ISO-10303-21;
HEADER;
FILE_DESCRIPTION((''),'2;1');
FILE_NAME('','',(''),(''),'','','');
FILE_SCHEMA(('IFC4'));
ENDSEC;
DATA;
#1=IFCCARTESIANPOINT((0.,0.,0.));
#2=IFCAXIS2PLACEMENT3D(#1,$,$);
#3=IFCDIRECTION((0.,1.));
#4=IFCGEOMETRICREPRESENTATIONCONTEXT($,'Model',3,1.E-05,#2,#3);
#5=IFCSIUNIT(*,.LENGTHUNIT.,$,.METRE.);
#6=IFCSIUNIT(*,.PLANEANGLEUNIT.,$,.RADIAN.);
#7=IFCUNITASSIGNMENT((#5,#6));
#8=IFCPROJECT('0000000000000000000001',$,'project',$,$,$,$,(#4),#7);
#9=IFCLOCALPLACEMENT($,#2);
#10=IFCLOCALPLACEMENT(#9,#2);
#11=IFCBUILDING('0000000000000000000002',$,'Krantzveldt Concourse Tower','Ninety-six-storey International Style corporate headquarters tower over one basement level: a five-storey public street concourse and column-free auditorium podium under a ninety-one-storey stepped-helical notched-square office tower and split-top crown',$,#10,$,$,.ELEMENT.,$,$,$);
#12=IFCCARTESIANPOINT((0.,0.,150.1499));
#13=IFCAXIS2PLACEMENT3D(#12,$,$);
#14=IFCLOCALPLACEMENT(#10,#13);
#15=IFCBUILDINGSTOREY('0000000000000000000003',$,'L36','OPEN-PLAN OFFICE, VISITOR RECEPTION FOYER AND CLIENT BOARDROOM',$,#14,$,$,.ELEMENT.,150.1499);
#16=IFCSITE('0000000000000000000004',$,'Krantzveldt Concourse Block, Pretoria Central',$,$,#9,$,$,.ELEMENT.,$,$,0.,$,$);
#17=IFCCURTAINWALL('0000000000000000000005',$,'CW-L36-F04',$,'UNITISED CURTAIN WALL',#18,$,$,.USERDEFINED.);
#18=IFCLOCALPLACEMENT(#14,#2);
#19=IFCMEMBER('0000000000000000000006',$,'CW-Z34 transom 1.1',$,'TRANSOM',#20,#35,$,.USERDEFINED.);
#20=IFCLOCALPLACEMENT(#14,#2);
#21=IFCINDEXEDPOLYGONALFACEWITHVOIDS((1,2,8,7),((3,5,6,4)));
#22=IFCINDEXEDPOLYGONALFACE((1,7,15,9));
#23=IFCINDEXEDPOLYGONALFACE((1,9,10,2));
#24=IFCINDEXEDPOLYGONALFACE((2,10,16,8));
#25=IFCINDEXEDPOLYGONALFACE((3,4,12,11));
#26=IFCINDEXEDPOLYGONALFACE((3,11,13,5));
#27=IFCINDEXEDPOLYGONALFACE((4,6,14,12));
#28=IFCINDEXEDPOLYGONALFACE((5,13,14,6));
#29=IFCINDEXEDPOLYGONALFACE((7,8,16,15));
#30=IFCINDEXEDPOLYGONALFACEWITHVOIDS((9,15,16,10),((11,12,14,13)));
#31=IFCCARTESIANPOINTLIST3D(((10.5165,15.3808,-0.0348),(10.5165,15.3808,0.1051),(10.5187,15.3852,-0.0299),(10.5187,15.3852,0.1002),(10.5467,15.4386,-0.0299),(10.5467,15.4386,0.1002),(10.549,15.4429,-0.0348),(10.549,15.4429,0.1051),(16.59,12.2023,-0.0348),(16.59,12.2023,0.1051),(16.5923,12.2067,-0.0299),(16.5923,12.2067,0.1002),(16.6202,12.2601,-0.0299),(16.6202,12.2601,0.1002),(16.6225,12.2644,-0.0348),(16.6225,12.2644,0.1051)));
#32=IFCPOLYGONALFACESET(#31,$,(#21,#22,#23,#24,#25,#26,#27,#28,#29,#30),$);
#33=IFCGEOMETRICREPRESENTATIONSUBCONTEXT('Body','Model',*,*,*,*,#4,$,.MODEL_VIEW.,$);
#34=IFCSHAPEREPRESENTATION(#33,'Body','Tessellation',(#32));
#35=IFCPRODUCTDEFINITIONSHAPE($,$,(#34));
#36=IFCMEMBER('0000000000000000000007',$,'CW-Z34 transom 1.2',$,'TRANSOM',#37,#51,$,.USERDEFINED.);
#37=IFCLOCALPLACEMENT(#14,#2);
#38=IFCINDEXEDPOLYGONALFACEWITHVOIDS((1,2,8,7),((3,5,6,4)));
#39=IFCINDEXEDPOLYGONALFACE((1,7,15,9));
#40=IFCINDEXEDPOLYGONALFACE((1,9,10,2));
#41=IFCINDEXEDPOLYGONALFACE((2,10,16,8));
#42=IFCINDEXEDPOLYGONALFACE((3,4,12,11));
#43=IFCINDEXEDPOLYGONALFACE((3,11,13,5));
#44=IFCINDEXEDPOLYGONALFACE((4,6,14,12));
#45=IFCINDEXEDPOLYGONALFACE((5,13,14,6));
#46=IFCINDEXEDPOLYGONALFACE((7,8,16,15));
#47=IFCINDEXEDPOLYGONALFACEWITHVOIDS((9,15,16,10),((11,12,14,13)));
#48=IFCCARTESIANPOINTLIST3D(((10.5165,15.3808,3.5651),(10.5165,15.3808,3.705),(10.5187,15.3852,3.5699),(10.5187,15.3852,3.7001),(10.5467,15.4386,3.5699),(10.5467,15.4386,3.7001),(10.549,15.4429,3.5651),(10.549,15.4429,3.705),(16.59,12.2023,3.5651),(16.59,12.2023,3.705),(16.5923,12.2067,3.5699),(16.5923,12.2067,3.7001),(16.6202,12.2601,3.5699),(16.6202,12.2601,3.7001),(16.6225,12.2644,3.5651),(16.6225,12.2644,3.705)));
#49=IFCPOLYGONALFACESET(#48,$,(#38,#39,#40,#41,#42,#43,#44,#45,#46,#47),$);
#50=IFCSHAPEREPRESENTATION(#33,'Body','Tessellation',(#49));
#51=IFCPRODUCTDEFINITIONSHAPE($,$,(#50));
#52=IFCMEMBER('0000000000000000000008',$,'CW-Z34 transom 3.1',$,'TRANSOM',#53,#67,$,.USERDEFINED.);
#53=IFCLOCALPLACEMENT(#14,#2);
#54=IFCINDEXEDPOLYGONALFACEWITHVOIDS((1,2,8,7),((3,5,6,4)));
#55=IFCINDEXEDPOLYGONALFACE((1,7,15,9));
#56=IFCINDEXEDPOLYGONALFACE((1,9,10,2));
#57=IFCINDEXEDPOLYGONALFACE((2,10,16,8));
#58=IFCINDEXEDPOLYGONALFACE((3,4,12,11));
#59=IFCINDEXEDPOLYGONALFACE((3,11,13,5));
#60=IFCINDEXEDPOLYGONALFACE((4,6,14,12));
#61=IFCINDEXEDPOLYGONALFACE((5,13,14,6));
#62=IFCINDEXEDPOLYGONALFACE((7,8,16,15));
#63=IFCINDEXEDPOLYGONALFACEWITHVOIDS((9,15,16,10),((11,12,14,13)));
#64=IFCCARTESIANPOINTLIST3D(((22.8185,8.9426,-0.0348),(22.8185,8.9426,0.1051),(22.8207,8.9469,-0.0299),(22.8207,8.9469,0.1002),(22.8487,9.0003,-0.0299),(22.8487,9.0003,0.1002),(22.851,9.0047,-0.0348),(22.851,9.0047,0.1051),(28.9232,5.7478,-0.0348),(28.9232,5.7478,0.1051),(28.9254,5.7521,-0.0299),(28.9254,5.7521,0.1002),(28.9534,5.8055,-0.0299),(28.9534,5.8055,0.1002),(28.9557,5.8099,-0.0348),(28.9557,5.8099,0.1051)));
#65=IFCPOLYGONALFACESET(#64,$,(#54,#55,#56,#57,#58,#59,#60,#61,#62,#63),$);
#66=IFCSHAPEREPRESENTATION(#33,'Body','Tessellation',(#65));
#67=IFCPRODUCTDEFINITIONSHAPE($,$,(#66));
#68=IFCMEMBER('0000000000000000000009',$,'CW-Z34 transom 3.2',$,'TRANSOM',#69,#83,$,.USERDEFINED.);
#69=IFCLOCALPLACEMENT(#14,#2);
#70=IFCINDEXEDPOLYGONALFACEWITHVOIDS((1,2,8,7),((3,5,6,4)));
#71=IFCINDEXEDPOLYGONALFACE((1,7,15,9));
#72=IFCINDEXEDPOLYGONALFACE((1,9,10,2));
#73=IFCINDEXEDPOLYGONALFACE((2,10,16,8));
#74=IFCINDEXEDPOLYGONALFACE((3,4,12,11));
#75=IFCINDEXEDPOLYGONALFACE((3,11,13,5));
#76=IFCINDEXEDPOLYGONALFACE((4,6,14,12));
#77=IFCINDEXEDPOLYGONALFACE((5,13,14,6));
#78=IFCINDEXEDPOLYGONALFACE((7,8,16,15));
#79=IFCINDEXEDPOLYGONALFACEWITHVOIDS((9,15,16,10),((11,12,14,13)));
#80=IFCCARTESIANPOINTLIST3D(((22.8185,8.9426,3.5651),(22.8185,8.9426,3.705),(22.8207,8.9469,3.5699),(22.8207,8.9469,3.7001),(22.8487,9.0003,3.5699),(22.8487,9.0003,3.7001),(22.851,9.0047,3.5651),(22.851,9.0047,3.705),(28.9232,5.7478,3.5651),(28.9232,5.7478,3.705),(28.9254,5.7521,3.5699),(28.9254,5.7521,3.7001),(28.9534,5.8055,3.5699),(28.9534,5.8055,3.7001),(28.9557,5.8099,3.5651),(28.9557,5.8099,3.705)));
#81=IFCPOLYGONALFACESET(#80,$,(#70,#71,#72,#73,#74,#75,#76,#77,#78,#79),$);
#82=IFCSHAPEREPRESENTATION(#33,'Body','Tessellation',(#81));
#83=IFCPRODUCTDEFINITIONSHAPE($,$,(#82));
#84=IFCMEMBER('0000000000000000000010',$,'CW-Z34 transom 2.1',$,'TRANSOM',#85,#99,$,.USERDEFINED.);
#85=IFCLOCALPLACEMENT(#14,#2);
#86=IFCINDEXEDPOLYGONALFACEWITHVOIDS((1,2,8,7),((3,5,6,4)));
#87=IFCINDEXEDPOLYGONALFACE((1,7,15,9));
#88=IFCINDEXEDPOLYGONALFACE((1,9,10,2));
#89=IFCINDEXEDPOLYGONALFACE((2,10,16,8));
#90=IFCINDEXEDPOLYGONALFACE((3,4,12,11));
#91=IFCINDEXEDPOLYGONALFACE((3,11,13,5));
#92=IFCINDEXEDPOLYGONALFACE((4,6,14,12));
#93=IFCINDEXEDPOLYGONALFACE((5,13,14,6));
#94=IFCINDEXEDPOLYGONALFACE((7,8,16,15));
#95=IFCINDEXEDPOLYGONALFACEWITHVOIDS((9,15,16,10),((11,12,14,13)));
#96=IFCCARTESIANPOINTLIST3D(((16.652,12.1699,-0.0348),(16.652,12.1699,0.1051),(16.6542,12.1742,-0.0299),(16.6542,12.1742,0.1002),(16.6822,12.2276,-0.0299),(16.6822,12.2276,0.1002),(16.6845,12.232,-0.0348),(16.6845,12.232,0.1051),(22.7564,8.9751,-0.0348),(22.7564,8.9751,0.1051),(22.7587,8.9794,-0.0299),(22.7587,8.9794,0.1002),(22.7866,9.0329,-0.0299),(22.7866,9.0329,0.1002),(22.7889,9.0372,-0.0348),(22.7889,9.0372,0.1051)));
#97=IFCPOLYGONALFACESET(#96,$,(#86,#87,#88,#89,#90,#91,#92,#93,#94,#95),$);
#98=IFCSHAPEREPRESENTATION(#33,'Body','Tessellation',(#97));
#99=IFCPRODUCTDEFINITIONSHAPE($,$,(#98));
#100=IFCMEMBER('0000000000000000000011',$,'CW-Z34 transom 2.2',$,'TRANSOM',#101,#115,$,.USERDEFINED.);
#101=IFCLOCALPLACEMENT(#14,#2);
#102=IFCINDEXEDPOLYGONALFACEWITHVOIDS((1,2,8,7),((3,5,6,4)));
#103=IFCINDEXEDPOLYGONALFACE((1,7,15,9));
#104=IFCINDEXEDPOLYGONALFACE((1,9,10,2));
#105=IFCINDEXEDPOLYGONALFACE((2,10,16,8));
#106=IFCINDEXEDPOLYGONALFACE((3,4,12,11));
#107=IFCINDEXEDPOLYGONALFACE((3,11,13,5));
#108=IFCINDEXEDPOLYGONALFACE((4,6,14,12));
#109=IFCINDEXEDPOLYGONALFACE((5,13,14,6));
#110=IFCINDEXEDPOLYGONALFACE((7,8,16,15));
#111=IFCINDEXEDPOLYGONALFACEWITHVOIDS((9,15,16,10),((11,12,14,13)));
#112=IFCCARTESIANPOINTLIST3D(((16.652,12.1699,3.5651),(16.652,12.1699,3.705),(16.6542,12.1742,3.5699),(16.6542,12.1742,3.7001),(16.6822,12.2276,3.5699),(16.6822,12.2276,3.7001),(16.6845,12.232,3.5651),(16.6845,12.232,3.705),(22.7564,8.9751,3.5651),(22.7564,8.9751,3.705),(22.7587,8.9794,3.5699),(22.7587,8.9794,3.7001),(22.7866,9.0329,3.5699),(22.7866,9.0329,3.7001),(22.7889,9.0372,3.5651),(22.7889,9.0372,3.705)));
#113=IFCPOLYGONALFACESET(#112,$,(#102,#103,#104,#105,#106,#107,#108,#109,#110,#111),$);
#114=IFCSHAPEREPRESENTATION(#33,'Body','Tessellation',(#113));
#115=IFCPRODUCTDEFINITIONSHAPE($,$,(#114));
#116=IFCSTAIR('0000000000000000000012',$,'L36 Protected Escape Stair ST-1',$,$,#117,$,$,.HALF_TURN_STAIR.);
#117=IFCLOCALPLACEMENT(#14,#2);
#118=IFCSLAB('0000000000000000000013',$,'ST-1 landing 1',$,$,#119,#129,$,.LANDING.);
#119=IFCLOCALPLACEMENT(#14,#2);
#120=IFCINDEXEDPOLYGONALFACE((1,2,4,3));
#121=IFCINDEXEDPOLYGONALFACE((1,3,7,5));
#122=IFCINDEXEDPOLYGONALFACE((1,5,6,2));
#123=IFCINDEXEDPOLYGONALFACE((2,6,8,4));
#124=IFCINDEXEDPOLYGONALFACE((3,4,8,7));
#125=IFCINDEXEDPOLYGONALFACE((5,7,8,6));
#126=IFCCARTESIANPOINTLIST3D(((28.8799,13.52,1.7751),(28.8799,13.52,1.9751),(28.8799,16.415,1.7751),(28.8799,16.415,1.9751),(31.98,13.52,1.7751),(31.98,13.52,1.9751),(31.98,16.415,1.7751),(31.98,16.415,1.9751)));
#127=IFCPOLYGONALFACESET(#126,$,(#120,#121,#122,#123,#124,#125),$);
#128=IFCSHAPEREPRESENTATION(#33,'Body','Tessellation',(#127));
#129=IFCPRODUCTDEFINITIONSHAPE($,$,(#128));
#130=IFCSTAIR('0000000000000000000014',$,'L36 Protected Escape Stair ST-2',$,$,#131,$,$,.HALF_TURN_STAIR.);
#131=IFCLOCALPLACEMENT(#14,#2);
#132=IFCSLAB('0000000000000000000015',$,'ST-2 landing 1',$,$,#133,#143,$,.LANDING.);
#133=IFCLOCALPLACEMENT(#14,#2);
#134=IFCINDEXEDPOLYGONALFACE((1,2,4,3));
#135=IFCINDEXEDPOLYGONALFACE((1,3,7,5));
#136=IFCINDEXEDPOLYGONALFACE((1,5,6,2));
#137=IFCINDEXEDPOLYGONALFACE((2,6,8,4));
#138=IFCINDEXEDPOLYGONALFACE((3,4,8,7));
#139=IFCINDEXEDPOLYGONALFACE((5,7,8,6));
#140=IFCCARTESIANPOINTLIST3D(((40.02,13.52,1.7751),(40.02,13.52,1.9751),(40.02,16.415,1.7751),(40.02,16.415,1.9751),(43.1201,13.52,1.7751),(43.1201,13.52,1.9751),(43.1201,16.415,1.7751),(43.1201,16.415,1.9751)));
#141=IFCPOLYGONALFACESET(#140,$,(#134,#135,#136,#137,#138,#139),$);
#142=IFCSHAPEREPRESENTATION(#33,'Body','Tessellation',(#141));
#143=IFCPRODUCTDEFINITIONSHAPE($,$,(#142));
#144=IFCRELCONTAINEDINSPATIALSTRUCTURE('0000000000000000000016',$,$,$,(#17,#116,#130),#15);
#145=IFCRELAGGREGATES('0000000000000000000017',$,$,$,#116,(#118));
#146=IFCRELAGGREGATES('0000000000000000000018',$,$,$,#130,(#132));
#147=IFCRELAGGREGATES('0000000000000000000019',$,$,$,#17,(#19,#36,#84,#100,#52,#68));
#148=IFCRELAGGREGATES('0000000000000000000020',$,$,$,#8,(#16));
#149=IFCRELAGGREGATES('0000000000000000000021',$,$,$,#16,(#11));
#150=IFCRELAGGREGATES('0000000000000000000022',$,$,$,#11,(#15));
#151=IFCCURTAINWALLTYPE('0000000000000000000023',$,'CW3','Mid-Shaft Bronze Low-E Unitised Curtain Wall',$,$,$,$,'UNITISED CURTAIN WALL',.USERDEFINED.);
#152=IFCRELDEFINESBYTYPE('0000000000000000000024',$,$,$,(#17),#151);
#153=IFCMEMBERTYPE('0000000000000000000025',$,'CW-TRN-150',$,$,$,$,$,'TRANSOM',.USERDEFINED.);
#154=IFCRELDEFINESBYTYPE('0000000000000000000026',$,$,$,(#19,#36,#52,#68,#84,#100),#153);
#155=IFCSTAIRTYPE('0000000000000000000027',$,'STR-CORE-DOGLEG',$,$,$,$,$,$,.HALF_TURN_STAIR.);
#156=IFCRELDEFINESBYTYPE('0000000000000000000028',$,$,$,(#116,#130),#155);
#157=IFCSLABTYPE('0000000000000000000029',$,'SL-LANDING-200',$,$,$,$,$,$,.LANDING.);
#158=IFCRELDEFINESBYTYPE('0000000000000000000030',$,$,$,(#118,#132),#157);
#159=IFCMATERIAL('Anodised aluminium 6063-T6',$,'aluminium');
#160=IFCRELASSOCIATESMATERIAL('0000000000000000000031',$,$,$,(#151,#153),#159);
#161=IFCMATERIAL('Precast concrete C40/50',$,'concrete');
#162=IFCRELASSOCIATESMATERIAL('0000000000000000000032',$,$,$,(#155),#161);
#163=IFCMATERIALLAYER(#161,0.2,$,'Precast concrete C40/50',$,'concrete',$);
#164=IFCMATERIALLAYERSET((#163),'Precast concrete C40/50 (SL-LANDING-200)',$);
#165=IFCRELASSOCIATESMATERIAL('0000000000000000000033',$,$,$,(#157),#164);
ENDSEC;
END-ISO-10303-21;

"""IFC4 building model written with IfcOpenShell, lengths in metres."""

from ifc_helpers import new_model, si_unit, direction, frame, origin, origin_2d, place, context, subcontext, project, spatial, polyline, hollow_rectangle, outline, extrude, source, transform, mapped, material, layer, layer_set, material_profile, profile_set, type_object, type_shapes, element, aggregate, save


model = new_model("IFC4")

# Units and contexts
model_context = context("Model", 3, precision=1e-05, world=origin(), true_north=direction((0.0, 1.0)))
body_context = subcontext(model_context, "Body", "Model", "MODEL_VIEW")
ifc_project = project(units=[si_unit("LENGTHUNIT", "METRE"), si_unit("PLANEANGLEUNIT", "RADIAN")], contexts=[model_context])

# Site, building, storey
site_placement = place(None, origin())
site = spatial("IfcSite", under=ifc_project, at=site_placement, Name="Krantzveldt Concourse Block, Pretoria Central", CompositionType="ELEMENT", RefElevation=0.0)
building_placement = place(site_placement, origin())
building = spatial("IfcBuilding", under=site, at=building_placement, Name="Krantzveldt Concourse Tower", Description="Ninety-six-storey International Style corporate headquarters tower over one basement level: a five-storey public street concourse and column-free auditorium podium under a ninety-one-storey stepped-helical notched-square office tower and split-top crown", CompositionType="ELEMENT")
storey_placement = place(building_placement, frame((0.0, 0.0, 150.1499)))
storey = spatial("IfcBuildingStorey", under=building, at=storey_placement, Name="L36", Description="OPEN-PLAN OFFICE, VISITOR RECEPTION FOYER AND CLIENT BOARDROOM", CompositionType="ELEMENT", Elevation=150.1499)

# Shared definitions
ifc_material_1 = material(Name="Anodised aluminium 6063-T6", Category="aluminium")
curtain_wall_type = type_object("IfcCurtainWallType", Name="CW3", Description="Mid-Shaft Bronze Low-E Unitised Curtain Wall", ElementType="UNITISED CURTAIN WALL", PredefinedType="USERDEFINED", material=ifc_material_1)

# Curtain wall, members
curtain_wall_1_placement = place(storey_placement, origin())
curtain_wall_1 = element("IfcCurtainWall", 1, at=curtain_wall_1_placement, inside=storey, type_object=curtain_wall_type, Name="CW-L36-F04", ObjectType="UNITISED CURTAIN WALL", PredefinedType="USERDEFINED")
ifc_material_profile_1 = material_profile(ifc_material_1, hollow_rectangle(XDim=0.0701, YDim=0.1399, WallThickness=0.0049, at=origin_2d()), Name="Anodised aluminium 6063-T6", Category="aluminium")
ifc_profile_set_1 = profile_set([ifc_material_profile_1], Name="Anodised aluminium 6063-T6 - ALU-TRAN 140x70x5")
member_type_1 = type_object("IfcMemberType", Name="CW-TRN-150", ElementType="TRANSOM", PredefinedType="USERDEFINED", material=ifc_profile_set_1)
shared_shape_1 = source(origin(), body_context, "Body", "SweptSolid", [
    extrude(hollow_rectangle(XDim=0.0701, YDim=0.1399, WallThickness=0.0049, at=origin_2d()), origin(), (0.0, 0.0, 1.0), 6.855),
])
member_1_placement = place(storey_placement, frame((10.5327, 15.4119, 0.0352), z_axis=(0.886004, -0.463677, 0.0), x_axis=(0.463677, 0.886004, 0.0)))
member_1 = element("IfcMember", 2, at=member_1_placement, type_object=member_type_1, Name="CW-Z34 transom 1.1", ObjectType="TRANSOM", PredefinedType="USERDEFINED", context=body_context, shape_type="MappedRepresentation", body=[
    mapped(shared_shape_1, transform((0.0, 0.0, 0.0), x_axis=(1.0, 0.0, 0.0), y_axis=(0.0, 1.0, 0.0), z_axis=(0.0, 0.0, 1.0), scale=1.0)),
])
member_2_placement = place(storey_placement, frame((10.5327, 15.4119, 3.635), z_axis=(0.886004, -0.463677, 0.0), x_axis=(0.463677, 0.886004, 0.0)))
member_2 = element("IfcMember", 3, at=member_2_placement, type_object=member_type_1, Name="CW-Z34 transom 1.2", ObjectType="TRANSOM", PredefinedType="USERDEFINED", context=body_context, shape_type="MappedRepresentation", body=[
    mapped(shared_shape_1, transform((0.0, 0.0, 0.0), x_axis=(1.0, 0.0, 0.0), y_axis=(0.0, 1.0, 0.0), z_axis=(0.0, 0.0, 1.0), scale=1.0)),
])
shared_shape_2 = source(origin(), body_context, "Body", "SweptSolid", [
    extrude(hollow_rectangle(XDim=0.0701, YDim=0.1399, WallThickness=0.0049, at=origin_2d()), origin(), (0.0, 0.0, 1.0), 6.8901),
])
member_3_placement = place(storey_placement, frame((22.8347, 8.9736, 0.0352), z_axis=(0.886004, -0.463677, 0.0), x_axis=(0.463677, 0.886004, 0.0)))
member_3 = element("IfcMember", 4, at=member_3_placement, type_object=member_type_1, Name="CW-Z34 transom 3.1", ObjectType="TRANSOM", PredefinedType="USERDEFINED", context=body_context, shape_type="MappedRepresentation", body=[
    mapped(shared_shape_2, transform((0.0, 0.0, 0.0), x_axis=(1.0, 0.0, 0.0), y_axis=(0.0, 1.0, 0.0), z_axis=(0.0, 0.0, 1.0), scale=1.0)),
])
member_4_placement = place(storey_placement, frame((22.8347, 8.9736, 3.635), z_axis=(0.886004, -0.463677, 0.0), x_axis=(0.463677, 0.886004, 0.0)))
member_4 = element("IfcMember", 5, at=member_4_placement, type_object=member_type_1, Name="CW-Z34 transom 3.2", ObjectType="TRANSOM", PredefinedType="USERDEFINED", context=body_context, shape_type="MappedRepresentation", body=[
    mapped(shared_shape_2, transform((0.0, 0.0, 0.0), x_axis=(1.0, 0.0, 0.0), y_axis=(0.0, 1.0, 0.0), z_axis=(0.0, 0.0, 1.0), scale=1.0)),
])
shared_shape_3 = source(origin(), body_context, "Body", "SweptSolid", [
    extrude(hollow_rectangle(XDim=0.0701, YDim=0.1399, WallThickness=0.0049, at=origin_2d()), origin(), (0.0, 0.0, 1.0), 6.8899),
])
type_shapes(member_type_1, [shared_shape_1, shared_shape_2, shared_shape_3])
member_5_placement = place(storey_placement, frame((16.6682, 12.2009, 0.0352), z_axis=(0.885997, -0.463692, 0.0), x_axis=(0.463692, 0.885997, 0.0)))
member_5 = element("IfcMember", 6, at=member_5_placement, type_object=member_type_1, Name="CW-Z34 transom 2.1", ObjectType="TRANSOM", PredefinedType="USERDEFINED", context=body_context, shape_type="MappedRepresentation", body=[
    mapped(shared_shape_3, transform((0.0, 0.0, 0.0), x_axis=(1.0, 0.0, 0.0), y_axis=(0.0, 1.0, 0.0), z_axis=(0.0, 0.0, 1.0), scale=1.0)),
])
member_6_placement = place(storey_placement, frame((16.6682, 12.2009, 3.635), z_axis=(0.885997, -0.463692, 0.0), x_axis=(0.463692, 0.885997, 0.0)))
member_6 = element("IfcMember", 7, at=member_6_placement, type_object=member_type_1, Name="CW-Z34 transom 2.2", ObjectType="TRANSOM", PredefinedType="USERDEFINED", context=body_context, shape_type="MappedRepresentation", body=[
    mapped(shared_shape_3, transform((0.0, 0.0, 0.0), x_axis=(1.0, 0.0, 0.0), y_axis=(0.0, 1.0, 0.0), z_axis=(0.0, 0.0, 1.0), scale=1.0)),
])

# Stairs, slabs
ifc_material_2 = material(Name="Precast concrete C40/50", Category="concrete")
stair_type = type_object("IfcStairType", Name="STR-CORE-DOGLEG", PredefinedType="HALF_TURN_STAIR", material=ifc_material_2)
stair_1_placement = place(storey_placement, origin())
stair_1 = element("IfcStair", 8, at=stair_1_placement, inside=storey, type_object=stair_type, Name="L36 Protected Escape Stair ST-1", PredefinedType="HALF_TURN_STAIR")
ifc_layer_1 = layer(ifc_material_2, 0.2, Name="Precast concrete C40/50", Category="concrete")
ifc_layer_set_1 = layer_set([ifc_layer_1], Name="Precast concrete C40/50 (SL-LANDING-200)")
slab_type_1 = type_object("IfcSlabType", Name="SL-LANDING-200", PredefinedType="LANDING", material=ifc_layer_set_1)
slab_1_placement = place(storey_placement, frame((0.0, 0.0, 1.7751)))
slab_1 = element("IfcSlab", 9, at=slab_1_placement, type_object=slab_type_1, Name="ST-1 landing 1", PredefinedType="LANDING", context=body_context, shape_type="SweptSolid", body=[
    extrude(outline(polyline([(28.8799, 16.415), (28.8799, 13.52), (31.98, 13.52), (31.98, 16.415), (28.8799, 16.415)])), origin(), (0.0, 0.0, 1.0), 0.2),
])
aggregate(stair_1, [slab_1])
stair_2_placement = place(storey_placement, origin())
stair_2 = element("IfcStair", 10, at=stair_2_placement, inside=storey, type_object=stair_type, Name="L36 Protected Escape Stair ST-2", PredefinedType="HALF_TURN_STAIR")
slab_2_placement = place(storey_placement, frame((0.0, 0.0, 1.7751)))
slab_2 = element("IfcSlab", 11, at=slab_2_placement, type_object=slab_type_1, Name="ST-2 landing 1", PredefinedType="LANDING", context=body_context, shape_type="SweptSolid", body=[
    extrude(outline(polyline([(40.02, 16.415), (40.02, 13.52), (43.1201, 13.52), (43.1201, 16.415), (40.02, 16.415)])), origin(), (0.0, 0.0, 1.0), 0.2),
])
aggregate(stair_2, [slab_2])

aggregate(curtain_wall_1, [member_1, member_2, member_5, member_6, member_3, member_4])

save(model, "model.ifc")
